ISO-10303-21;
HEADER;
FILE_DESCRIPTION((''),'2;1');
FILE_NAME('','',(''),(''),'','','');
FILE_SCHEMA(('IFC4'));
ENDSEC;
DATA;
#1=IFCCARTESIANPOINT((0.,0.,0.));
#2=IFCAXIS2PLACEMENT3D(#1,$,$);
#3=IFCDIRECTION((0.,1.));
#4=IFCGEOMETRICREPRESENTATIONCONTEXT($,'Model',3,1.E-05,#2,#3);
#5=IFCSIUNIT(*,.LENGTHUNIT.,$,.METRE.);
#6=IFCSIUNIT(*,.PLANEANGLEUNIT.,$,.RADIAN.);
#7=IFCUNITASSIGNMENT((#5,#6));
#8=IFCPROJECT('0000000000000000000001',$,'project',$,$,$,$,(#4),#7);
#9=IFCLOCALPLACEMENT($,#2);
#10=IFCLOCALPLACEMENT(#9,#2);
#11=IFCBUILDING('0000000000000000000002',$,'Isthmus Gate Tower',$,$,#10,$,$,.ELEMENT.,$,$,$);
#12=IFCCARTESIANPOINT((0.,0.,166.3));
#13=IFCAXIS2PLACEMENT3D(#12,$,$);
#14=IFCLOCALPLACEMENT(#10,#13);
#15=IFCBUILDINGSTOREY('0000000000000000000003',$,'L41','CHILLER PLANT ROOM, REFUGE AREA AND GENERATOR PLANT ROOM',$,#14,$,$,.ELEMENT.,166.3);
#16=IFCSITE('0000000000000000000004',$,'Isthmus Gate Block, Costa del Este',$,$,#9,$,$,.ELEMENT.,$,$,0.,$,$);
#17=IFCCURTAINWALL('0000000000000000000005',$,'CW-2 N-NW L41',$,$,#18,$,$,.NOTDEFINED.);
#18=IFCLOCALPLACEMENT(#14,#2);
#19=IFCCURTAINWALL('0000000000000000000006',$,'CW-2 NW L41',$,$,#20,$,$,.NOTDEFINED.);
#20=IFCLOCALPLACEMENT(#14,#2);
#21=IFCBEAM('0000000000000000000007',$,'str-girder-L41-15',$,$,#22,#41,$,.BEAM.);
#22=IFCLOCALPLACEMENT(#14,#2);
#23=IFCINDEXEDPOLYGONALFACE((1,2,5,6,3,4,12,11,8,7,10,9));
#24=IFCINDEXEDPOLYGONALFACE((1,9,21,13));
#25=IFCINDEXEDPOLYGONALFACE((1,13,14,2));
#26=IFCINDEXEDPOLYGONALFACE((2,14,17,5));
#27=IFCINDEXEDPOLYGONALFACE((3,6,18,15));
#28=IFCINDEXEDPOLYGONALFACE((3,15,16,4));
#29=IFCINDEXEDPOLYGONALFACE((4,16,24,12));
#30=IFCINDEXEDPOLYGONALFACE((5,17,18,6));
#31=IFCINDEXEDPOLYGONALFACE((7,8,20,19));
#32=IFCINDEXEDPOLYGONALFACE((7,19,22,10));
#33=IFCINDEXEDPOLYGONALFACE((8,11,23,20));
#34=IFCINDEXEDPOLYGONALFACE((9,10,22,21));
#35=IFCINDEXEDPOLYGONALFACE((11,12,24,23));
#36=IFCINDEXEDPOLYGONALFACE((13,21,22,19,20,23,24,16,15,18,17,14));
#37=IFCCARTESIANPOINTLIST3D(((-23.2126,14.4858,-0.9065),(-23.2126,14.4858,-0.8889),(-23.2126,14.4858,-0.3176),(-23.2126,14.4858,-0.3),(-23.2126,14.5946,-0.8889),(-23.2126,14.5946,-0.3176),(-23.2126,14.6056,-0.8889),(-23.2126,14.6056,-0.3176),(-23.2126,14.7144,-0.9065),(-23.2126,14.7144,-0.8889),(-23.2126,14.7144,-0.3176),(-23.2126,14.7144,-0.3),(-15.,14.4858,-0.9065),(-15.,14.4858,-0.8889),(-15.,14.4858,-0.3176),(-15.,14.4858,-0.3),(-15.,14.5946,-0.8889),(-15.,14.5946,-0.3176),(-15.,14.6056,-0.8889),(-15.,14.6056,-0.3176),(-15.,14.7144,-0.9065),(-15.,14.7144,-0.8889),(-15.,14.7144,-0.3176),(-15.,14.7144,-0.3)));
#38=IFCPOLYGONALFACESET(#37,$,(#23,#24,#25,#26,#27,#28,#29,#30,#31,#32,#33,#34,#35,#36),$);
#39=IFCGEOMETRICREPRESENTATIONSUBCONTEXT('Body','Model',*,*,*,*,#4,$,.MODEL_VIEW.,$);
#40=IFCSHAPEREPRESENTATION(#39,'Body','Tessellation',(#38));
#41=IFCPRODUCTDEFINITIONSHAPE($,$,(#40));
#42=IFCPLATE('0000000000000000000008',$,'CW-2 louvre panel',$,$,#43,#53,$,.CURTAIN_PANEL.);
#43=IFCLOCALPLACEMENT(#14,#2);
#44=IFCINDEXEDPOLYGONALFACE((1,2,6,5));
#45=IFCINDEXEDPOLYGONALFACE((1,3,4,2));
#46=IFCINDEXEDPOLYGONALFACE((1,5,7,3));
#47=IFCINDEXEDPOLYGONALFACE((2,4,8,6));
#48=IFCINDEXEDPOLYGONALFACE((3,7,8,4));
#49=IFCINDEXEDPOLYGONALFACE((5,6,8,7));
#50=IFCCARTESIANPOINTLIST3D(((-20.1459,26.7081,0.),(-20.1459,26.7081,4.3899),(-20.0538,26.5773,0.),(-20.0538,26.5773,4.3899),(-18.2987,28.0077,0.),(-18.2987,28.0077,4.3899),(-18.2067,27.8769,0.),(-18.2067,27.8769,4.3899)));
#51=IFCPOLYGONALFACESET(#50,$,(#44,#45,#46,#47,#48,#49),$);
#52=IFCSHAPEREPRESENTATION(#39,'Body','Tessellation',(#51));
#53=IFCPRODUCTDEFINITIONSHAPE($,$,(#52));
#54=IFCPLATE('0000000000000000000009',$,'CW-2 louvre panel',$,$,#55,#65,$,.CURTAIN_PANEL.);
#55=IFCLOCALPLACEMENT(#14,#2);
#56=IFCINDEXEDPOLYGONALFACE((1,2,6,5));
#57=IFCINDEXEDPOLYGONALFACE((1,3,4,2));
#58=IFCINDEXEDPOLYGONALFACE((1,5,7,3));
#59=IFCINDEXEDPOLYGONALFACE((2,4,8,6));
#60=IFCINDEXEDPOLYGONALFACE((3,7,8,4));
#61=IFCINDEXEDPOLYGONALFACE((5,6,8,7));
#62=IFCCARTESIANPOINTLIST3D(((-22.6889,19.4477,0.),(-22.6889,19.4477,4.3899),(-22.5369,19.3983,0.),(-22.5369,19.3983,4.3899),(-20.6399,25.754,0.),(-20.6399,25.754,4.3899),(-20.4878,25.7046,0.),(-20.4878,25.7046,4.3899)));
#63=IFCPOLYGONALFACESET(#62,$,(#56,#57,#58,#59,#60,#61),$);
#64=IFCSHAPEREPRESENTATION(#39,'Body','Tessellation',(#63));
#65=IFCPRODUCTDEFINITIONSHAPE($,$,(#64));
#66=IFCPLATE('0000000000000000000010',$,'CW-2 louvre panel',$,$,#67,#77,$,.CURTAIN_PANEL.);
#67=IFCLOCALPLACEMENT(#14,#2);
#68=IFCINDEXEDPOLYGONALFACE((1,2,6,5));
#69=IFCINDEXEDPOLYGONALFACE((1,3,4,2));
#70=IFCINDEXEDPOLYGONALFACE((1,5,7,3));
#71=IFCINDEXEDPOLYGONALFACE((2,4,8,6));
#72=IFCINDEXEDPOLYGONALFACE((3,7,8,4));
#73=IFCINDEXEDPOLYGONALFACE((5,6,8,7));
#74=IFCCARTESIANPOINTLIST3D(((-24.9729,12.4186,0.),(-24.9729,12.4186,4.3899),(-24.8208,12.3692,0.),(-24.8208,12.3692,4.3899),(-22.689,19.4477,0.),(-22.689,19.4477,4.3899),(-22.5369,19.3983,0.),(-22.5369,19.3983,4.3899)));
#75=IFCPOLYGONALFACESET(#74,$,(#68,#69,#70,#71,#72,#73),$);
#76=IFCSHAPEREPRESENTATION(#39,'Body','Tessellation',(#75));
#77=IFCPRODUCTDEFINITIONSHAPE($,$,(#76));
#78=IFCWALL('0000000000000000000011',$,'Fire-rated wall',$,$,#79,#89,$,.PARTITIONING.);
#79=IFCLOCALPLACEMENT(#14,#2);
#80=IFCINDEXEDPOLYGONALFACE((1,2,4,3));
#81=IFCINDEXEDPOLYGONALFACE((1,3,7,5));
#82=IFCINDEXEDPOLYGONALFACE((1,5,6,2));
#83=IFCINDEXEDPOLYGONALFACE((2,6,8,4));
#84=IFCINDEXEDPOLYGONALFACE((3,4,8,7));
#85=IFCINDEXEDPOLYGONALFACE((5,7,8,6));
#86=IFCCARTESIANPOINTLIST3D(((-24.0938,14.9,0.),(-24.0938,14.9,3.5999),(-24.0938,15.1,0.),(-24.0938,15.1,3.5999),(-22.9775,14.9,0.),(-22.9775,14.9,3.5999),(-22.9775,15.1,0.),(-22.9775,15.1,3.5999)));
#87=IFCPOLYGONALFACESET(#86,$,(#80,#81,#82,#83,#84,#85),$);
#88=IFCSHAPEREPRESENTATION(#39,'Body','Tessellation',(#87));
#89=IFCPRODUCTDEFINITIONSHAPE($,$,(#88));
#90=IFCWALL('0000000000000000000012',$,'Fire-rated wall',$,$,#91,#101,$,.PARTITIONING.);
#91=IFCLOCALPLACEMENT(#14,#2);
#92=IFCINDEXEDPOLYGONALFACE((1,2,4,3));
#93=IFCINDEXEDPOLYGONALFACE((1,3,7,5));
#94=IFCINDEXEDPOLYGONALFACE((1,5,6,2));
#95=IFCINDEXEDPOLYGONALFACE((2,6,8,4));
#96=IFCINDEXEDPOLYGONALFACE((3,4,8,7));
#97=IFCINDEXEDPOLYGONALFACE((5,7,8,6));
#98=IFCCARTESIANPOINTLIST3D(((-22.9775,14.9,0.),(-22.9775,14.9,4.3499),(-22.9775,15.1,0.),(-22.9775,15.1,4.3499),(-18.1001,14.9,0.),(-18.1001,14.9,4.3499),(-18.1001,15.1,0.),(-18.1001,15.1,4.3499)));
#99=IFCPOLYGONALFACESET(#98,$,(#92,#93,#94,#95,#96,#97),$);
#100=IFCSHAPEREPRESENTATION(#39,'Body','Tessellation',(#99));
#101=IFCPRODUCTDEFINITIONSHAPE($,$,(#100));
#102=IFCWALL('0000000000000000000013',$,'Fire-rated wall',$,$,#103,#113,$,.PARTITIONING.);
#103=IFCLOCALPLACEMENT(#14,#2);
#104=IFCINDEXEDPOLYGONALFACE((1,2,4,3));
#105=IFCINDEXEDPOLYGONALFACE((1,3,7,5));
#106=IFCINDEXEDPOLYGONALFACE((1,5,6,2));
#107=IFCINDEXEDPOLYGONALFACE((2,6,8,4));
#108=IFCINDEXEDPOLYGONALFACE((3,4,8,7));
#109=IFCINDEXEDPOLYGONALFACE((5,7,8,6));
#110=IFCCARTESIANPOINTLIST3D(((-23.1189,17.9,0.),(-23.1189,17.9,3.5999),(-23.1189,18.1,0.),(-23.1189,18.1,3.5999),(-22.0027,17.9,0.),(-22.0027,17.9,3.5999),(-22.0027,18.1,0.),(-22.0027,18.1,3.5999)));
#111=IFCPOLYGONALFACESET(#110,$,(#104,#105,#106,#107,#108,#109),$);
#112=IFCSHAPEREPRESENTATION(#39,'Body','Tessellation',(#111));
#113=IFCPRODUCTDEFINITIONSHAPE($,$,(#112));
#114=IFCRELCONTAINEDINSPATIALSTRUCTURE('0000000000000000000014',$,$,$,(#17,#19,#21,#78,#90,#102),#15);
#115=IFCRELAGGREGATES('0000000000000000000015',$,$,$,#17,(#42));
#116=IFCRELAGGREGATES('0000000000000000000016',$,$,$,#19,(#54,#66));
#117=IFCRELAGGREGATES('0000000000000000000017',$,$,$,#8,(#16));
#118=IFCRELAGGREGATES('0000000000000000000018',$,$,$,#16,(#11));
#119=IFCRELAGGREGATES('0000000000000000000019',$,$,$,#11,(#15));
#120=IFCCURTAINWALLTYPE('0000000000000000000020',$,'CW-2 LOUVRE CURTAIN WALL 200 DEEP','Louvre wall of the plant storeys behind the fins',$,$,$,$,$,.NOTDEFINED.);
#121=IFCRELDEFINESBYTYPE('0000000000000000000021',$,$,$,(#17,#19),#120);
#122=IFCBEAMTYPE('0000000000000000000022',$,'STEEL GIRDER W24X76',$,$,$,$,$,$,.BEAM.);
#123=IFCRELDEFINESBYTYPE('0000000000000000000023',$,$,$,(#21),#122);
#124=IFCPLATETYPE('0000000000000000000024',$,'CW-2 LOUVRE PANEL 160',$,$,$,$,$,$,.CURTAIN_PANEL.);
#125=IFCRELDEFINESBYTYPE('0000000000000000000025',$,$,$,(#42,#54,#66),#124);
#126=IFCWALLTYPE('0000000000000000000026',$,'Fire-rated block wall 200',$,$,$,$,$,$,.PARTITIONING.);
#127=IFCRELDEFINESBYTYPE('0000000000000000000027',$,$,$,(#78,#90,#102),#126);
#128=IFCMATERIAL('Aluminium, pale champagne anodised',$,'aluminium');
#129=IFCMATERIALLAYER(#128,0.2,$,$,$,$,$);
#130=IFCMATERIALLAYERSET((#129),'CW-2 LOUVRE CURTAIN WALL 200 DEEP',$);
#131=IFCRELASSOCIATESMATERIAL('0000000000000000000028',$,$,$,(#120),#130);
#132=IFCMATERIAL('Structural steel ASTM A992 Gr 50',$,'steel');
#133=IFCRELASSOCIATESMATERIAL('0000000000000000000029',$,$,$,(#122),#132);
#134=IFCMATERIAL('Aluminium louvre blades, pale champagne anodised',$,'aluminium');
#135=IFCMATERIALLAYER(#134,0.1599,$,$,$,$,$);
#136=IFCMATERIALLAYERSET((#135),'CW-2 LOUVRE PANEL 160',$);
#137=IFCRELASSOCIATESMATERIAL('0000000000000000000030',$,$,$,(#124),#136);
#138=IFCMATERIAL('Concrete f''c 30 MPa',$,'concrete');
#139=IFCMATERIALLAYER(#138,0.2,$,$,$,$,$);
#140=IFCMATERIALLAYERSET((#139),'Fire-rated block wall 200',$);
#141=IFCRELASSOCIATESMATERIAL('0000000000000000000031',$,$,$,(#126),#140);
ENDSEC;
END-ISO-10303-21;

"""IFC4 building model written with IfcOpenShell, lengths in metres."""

from ifc_helpers import new_model, si_unit, direction, frame, frame_2d, origin, origin_2d, place, context, subcontext, project, spatial, rectangle, i_section, extrude, material, layer, layer_set, material_profile, profile_set, type_object, element, aggregate, save


model = new_model("IFC4")

# Units and contexts
model_context = context("Model", 3, precision=1e-05, world=origin(), true_north=direction((0.0, 1.0)))
body_context = subcontext(model_context, "Body", "Model", "MODEL_VIEW")
ifc_project = project(units=[si_unit("LENGTHUNIT", "METRE"), si_unit("PLANEANGLEUNIT", "RADIAN")], contexts=[model_context])

# Site, building, storey
site_placement = place(None, origin())
site = spatial("IfcSite", under=ifc_project, at=site_placement, Name="Isthmus Gate Block, Costa del Este", CompositionType="ELEMENT", RefElevation=0.0)
building_placement = place(site_placement, origin())
building = spatial("IfcBuilding", under=site, at=building_placement, Name="Isthmus Gate Tower", CompositionType="ELEMENT")
storey_placement = place(building_placement, frame((0.0, 0.0, 166.3)))
storey = spatial("IfcBuildingStorey", under=building, at=storey_placement, Name="L41", Description="CHILLER PLANT ROOM, REFUGE AREA AND GENERATOR PLANT ROOM", CompositionType="ELEMENT", Elevation=166.3)

# Curtain walls
ifc_material_1 = material(Name="Aluminium, pale champagne anodised", Category="aluminium")
ifc_layer_1 = layer(ifc_material_1, 0.2)
ifc_layer_set_1 = layer_set([ifc_layer_1], Name="CW-2 LOUVRE CURTAIN WALL 200 DEEP")
curtain_wall_type = type_object("IfcCurtainWallType", Name="CW-2 LOUVRE CURTAIN WALL 200 DEEP", Description="Louvre wall of the plant storeys behind the fins", PredefinedType="NOTDEFINED", material=ifc_layer_set_1)
curtain_wall_1_placement = place(storey_placement, origin())
curtain_wall_1 = element("IfcCurtainWall", 1, at=curtain_wall_1_placement, inside=storey, type_object=curtain_wall_type, Name="CW-2 N-NW L41", PredefinedType="NOTDEFINED")
curtain_wall_2_placement = place(storey_placement, origin())
curtain_wall_2 = element("IfcCurtainWall", 2, at=curtain_wall_2_placement, inside=storey, type_object=curtain_wall_type, Name="CW-2 NW L41", PredefinedType="NOTDEFINED")

# Beam
ifc_material_2 = material(Name="Structural steel ASTM A992 Gr 50", Category="steel")
ifc_material_profile_1 = material_profile(ifc_material_2, i_section(OverallWidth=0.2285, OverallDepth=0.6064, WebThickness=0.011, FlangeThickness=0.0176, at=origin_2d()), Name="W24X76")
ifc_profile_set_1 = profile_set([ifc_material_profile_1], Name="Structural steel ASTM A992 Gr 50")
beam_type_1 = type_object("IfcBeamType", Name="STEEL GIRDER W24X76", PredefinedType="BEAM", material=ifc_profile_set_1)
beam_1_placement = place(storey_placement, frame((-15.0, 14.6001, -0.6033), z_axis=(-1.0, 0.0, 0.0), x_axis=(0.0, -1.0, 0.0)))
element("IfcBeam", 3, at=beam_1_placement, inside=storey, type_object=beam_type_1, Name="str-girder-L41-15", PredefinedType="BEAM", context=body_context, shape_type="SweptSolid", body=[
    extrude(i_section(OverallWidth=0.2285, OverallDepth=0.6064, WebThickness=0.011, FlangeThickness=0.0176, at=origin_2d()), origin(), (0.0, 0.0, 1.0), 8.2126),
])

# Plates
ifc_material_3 = material(Name="Aluminium louvre blades, pale champagne anodised", Category="aluminium")
ifc_layer_2 = layer(ifc_material_3, 0.1599)
ifc_layer_set_2 = layer_set([ifc_layer_2], Name="CW-2 LOUVRE PANEL 160")
plate_type = type_object("IfcPlateType", Name="CW-2 LOUVRE PANEL 160", PredefinedType="CURTAIN_PANEL", material=ifc_layer_set_2)
plate_1_placement = place(storey_placement, frame((-19.1763, 27.2925, 0.0), z_axis=(0.0, 0.0, 1.0), x_axis=(-0.81786, -0.575418, 0.0)))
plate_1 = element("IfcPlate", 4, at=plate_1_placement, type_object=plate_type, Name="CW-2 louvre panel", PredefinedType="CURTAIN_PANEL", context=body_context, shape_type="SweptSolid", body=[
    extrude(rectangle(XDim=2.2585, YDim=0.1599, at=origin_2d()), origin(), (0.0, 0.0, 1.0), 4.3899),
])
aggregate(curtain_wall_1, [plate_1])
plate_2_placement = place(storey_placement, frame((-21.5884, 22.5762, 0.0), z_axis=(0.0, 0.0, 1.0), x_axis=(-0.309017, -0.951057, 0.0)))
plate_2 = element("IfcPlate", 5, at=plate_2_placement, type_object=plate_type, Name="CW-2 louvre panel", PredefinedType="CURTAIN_PANEL", context=body_context, shape_type="SweptSolid", body=[
    extrude(rectangle(XDim=6.6309, YDim=0.1599, at=origin_2d()), origin(), (0.0, 0.0, 1.0), 4.3899),
])
plate_3_placement = place(storey_placement, frame((-23.7549, 15.9084, 0.0), z_axis=(0.0, 0.0, 1.0), x_axis=(-0.309017, -0.951057, 0.0)))
plate_3 = element("IfcPlate", 6, at=plate_3_placement, type_object=plate_type, Name="CW-2 louvre panel", PredefinedType="CURTAIN_PANEL", context=body_context, shape_type="SweptSolid", body=[
    extrude(rectangle(XDim=7.3909, YDim=0.1599, at=origin_2d()), origin(), (0.0, 0.0, 1.0), 4.3899),
])
aggregate(curtain_wall_2, [plate_2, plate_3])

# Walls
ifc_material_4 = material(Name="Concrete f'c 30 MPa", Category="concrete")
ifc_layer_3 = layer(ifc_material_4, 0.2)
ifc_layer_set_3 = layer_set([ifc_layer_3], Name="Fire-rated block wall 200")
wall_type_1 = type_object("IfcWallType", Name="Fire-rated block wall 200", PredefinedType="PARTITIONING", material=ifc_layer_set_3)
wall_1_placement = place(storey_placement, frame((-24.0938, 15.0, 0.0), z_axis=(0.0, 0.0, 1.0), x_axis=(1.0, 0.0, 0.0)))
element("IfcWall", 7, at=wall_1_placement, inside=storey, type_object=wall_type_1, Name="Fire-rated wall", PredefinedType="PARTITIONING", context=body_context, shape_type="SweptSolid", body=[
    extrude(rectangle(XDim=1.1162, YDim=0.2, at=frame_2d((0.5581, 0.0))), origin(), (0.0, 0.0, 1.0), 3.5999),
])
wall_2_placement = place(storey_placement, frame((-22.9775, 15.0, 0.0), z_axis=(0.0, 0.0, 1.0), x_axis=(1.0, 0.0, 0.0)))
element("IfcWall", 8, at=wall_2_placement, inside=storey, type_object=wall_type_1, Name="Fire-rated wall", PredefinedType="PARTITIONING", context=body_context, shape_type="SweptSolid", body=[
    extrude(rectangle(XDim=4.8774, YDim=0.2, at=frame_2d((2.4387, 0.0))), origin(), (0.0, 0.0, 1.0), 4.3499),
])
wall_3_placement = place(storey_placement, frame((-23.1189, 18.0, 0.0), z_axis=(0.0, 0.0, 1.0), x_axis=(1.0, 0.0, 0.0)))
element("IfcWall", 9, at=wall_3_placement, inside=storey, type_object=wall_type_1, Name="Fire-rated wall", PredefinedType="PARTITIONING", context=body_context, shape_type="SweptSolid", body=[
    extrude(rectangle(XDim=1.1162, YDim=0.2, at=frame_2d((0.5581, 0.0))), origin(), (0.0, 0.0, 1.0), 3.5999),
])

save(model, "model.ifc")
